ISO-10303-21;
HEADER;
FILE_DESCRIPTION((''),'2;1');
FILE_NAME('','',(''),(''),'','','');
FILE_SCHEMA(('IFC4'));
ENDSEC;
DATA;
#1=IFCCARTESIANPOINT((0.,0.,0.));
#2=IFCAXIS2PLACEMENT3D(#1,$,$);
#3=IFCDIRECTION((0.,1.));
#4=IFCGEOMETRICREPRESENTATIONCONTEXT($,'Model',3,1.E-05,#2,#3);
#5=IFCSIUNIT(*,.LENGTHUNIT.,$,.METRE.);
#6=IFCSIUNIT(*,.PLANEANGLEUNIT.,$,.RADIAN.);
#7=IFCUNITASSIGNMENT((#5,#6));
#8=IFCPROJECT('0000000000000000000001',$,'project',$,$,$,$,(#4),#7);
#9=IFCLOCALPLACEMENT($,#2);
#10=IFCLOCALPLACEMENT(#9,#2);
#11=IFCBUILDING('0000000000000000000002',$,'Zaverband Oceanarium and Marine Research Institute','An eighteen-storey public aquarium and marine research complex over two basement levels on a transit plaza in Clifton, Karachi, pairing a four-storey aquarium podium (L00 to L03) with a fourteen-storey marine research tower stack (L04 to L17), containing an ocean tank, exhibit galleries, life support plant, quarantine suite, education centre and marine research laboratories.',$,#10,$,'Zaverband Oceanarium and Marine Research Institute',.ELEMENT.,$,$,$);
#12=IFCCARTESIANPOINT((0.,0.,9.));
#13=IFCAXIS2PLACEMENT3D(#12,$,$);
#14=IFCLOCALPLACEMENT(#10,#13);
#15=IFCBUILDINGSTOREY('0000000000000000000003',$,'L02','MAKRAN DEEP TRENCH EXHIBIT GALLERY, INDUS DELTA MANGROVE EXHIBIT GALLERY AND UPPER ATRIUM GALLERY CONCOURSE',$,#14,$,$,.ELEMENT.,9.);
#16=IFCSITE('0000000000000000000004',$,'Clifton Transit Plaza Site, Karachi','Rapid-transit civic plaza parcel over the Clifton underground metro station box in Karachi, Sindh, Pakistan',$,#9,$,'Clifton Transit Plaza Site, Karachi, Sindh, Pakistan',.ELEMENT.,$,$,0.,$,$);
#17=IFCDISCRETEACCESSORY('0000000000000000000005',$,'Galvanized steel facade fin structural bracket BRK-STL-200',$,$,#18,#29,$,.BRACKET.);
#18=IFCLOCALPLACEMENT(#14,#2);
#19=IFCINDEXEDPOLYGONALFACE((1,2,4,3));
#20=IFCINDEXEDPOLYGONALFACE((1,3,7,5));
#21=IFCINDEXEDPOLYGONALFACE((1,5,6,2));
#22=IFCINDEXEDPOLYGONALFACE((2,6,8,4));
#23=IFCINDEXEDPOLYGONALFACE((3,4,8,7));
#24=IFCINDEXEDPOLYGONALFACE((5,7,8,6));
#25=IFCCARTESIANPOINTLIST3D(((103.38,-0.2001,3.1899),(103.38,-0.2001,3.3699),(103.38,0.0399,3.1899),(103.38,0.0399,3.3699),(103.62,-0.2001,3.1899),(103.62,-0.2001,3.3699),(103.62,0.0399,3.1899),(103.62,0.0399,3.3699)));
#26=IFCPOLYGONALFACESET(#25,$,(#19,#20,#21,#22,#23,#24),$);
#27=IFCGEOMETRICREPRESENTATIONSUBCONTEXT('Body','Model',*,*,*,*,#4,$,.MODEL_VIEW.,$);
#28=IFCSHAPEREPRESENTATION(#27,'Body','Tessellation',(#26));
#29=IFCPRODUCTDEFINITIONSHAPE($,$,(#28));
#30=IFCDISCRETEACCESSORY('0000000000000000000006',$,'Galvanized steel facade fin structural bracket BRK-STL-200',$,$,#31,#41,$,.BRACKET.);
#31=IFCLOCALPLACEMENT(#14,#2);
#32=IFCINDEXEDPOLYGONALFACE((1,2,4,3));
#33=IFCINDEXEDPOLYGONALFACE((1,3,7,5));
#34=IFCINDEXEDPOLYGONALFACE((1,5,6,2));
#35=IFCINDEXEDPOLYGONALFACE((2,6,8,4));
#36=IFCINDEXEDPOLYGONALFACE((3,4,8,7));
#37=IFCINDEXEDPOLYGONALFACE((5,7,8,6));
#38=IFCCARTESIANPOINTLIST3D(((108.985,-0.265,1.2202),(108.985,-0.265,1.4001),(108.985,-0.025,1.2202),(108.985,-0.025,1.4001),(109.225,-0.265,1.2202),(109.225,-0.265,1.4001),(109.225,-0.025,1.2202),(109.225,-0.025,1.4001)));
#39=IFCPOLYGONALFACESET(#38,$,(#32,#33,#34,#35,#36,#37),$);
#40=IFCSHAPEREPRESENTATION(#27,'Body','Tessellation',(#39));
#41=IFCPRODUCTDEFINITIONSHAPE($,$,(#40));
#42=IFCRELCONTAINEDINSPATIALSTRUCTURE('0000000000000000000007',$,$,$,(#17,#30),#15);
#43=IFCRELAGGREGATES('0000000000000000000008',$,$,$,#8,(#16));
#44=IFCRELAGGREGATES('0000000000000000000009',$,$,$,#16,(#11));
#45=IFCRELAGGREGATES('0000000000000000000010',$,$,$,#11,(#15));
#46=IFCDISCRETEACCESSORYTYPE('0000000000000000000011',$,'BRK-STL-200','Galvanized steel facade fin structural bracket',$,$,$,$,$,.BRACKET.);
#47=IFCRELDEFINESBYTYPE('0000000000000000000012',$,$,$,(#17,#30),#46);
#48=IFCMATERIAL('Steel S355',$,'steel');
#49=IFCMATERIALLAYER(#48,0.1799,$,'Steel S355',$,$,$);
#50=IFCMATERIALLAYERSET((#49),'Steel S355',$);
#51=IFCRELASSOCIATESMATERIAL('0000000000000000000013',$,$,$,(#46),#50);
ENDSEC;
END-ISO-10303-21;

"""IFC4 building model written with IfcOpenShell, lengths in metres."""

from ifc_helpers import new_model, si_unit, direction, frame, origin, origin_2d, place, context, subcontext, project, spatial, rectangle, extrude, material, layer, layer_set, type_object, element, save


model = new_model("IFC4")

# Units and contexts
model_context = context("Model", 3, precision=1e-05, world=origin(), true_north=direction((0.0, 1.0)))
body_context = subcontext(model_context, "Body", "Model", "MODEL_VIEW")
ifc_project = project(units=[si_unit("LENGTHUNIT", "METRE"), si_unit("PLANEANGLEUNIT", "RADIAN")], contexts=[model_context])

# Site, building, storey
site_placement = place(None, origin())
site = spatial("IfcSite", under=ifc_project, at=site_placement, Name="Clifton Transit Plaza Site, Karachi", Description="Rapid-transit civic plaza parcel over the Clifton underground metro station box in Karachi, Sindh, Pakistan", LongName="Clifton Transit Plaza Site, Karachi, Sindh, Pakistan", CompositionType="ELEMENT", RefElevation=0.0)
building_placement = place(site_placement, origin())
building = spatial("IfcBuilding", under=site, at=building_placement, Name="Zaverband Oceanarium and Marine Research Institute", Description="An eighteen-storey public aquarium and marine research complex over two basement levels on a transit plaza in Clifton, Karachi, pairing a four-storey aquarium podium (L00 to L03) with a fourteen-storey marine research tower stack (L04 to L17), containing an ocean tank, exhibit galleries, life support plant, quarantine suite, education centre and marine research laboratories.", LongName="Zaverband Oceanarium and Marine Research Institute", CompositionType="ELEMENT")
storey_placement = place(building_placement, frame((0.0, 0.0, 9.0)))
storey = spatial("IfcBuildingStorey", under=building, at=storey_placement, Name="L02", Description="MAKRAN DEEP TRENCH EXHIBIT GALLERY, INDUS DELTA MANGROVE EXHIBIT GALLERY AND UPPER ATRIUM GALLERY CONCOURSE", CompositionType="ELEMENT", Elevation=9.0)

# Discrete accessories
ifc_material_1 = material(Name="Steel S355", Category="steel")
ifc_layer_1 = layer(ifc_material_1, 0.1799, Name="Steel S355")
ifc_layer_set_1 = layer_set([ifc_layer_1], Name="Steel S355")
discrete_accessory_type = type_object("IfcDiscreteAccessoryType", Name="BRK-STL-200", Description="Galvanized steel facade fin structural bracket", PredefinedType="BRACKET", material=ifc_layer_set_1)
for number, where, z_axis, x_axis, name in (
    (1, (103.5, -0.0801, 3.1899), (0.0, 0.0, 1.0), (1.0, 0.0, 0.0), "Galvanized steel facade fin structural bracket BRK-STL-200"),
    (2, (109.105, -0.145, 1.2202), (0.0, 0.0, 1.0), (1.0, 0.0, 0.0), "Galvanized steel facade fin structural bracket BRK-STL-200"),
):
    element("IfcDiscreteAccessory", number, at=place(storey_placement, frame(where, z_axis=z_axis, x_axis=x_axis)), inside=storey, type_object=discrete_accessory_type, Name=name, PredefinedType="BRACKET", context=body_context, shape_type="SweptSolid", body=[
        extrude(rectangle(XDim=0.24, YDim=0.24, at=origin_2d()), origin(), (0.0, 0.0, 1.0), 0.1799),
    ])

save(model, "model.ifc")
